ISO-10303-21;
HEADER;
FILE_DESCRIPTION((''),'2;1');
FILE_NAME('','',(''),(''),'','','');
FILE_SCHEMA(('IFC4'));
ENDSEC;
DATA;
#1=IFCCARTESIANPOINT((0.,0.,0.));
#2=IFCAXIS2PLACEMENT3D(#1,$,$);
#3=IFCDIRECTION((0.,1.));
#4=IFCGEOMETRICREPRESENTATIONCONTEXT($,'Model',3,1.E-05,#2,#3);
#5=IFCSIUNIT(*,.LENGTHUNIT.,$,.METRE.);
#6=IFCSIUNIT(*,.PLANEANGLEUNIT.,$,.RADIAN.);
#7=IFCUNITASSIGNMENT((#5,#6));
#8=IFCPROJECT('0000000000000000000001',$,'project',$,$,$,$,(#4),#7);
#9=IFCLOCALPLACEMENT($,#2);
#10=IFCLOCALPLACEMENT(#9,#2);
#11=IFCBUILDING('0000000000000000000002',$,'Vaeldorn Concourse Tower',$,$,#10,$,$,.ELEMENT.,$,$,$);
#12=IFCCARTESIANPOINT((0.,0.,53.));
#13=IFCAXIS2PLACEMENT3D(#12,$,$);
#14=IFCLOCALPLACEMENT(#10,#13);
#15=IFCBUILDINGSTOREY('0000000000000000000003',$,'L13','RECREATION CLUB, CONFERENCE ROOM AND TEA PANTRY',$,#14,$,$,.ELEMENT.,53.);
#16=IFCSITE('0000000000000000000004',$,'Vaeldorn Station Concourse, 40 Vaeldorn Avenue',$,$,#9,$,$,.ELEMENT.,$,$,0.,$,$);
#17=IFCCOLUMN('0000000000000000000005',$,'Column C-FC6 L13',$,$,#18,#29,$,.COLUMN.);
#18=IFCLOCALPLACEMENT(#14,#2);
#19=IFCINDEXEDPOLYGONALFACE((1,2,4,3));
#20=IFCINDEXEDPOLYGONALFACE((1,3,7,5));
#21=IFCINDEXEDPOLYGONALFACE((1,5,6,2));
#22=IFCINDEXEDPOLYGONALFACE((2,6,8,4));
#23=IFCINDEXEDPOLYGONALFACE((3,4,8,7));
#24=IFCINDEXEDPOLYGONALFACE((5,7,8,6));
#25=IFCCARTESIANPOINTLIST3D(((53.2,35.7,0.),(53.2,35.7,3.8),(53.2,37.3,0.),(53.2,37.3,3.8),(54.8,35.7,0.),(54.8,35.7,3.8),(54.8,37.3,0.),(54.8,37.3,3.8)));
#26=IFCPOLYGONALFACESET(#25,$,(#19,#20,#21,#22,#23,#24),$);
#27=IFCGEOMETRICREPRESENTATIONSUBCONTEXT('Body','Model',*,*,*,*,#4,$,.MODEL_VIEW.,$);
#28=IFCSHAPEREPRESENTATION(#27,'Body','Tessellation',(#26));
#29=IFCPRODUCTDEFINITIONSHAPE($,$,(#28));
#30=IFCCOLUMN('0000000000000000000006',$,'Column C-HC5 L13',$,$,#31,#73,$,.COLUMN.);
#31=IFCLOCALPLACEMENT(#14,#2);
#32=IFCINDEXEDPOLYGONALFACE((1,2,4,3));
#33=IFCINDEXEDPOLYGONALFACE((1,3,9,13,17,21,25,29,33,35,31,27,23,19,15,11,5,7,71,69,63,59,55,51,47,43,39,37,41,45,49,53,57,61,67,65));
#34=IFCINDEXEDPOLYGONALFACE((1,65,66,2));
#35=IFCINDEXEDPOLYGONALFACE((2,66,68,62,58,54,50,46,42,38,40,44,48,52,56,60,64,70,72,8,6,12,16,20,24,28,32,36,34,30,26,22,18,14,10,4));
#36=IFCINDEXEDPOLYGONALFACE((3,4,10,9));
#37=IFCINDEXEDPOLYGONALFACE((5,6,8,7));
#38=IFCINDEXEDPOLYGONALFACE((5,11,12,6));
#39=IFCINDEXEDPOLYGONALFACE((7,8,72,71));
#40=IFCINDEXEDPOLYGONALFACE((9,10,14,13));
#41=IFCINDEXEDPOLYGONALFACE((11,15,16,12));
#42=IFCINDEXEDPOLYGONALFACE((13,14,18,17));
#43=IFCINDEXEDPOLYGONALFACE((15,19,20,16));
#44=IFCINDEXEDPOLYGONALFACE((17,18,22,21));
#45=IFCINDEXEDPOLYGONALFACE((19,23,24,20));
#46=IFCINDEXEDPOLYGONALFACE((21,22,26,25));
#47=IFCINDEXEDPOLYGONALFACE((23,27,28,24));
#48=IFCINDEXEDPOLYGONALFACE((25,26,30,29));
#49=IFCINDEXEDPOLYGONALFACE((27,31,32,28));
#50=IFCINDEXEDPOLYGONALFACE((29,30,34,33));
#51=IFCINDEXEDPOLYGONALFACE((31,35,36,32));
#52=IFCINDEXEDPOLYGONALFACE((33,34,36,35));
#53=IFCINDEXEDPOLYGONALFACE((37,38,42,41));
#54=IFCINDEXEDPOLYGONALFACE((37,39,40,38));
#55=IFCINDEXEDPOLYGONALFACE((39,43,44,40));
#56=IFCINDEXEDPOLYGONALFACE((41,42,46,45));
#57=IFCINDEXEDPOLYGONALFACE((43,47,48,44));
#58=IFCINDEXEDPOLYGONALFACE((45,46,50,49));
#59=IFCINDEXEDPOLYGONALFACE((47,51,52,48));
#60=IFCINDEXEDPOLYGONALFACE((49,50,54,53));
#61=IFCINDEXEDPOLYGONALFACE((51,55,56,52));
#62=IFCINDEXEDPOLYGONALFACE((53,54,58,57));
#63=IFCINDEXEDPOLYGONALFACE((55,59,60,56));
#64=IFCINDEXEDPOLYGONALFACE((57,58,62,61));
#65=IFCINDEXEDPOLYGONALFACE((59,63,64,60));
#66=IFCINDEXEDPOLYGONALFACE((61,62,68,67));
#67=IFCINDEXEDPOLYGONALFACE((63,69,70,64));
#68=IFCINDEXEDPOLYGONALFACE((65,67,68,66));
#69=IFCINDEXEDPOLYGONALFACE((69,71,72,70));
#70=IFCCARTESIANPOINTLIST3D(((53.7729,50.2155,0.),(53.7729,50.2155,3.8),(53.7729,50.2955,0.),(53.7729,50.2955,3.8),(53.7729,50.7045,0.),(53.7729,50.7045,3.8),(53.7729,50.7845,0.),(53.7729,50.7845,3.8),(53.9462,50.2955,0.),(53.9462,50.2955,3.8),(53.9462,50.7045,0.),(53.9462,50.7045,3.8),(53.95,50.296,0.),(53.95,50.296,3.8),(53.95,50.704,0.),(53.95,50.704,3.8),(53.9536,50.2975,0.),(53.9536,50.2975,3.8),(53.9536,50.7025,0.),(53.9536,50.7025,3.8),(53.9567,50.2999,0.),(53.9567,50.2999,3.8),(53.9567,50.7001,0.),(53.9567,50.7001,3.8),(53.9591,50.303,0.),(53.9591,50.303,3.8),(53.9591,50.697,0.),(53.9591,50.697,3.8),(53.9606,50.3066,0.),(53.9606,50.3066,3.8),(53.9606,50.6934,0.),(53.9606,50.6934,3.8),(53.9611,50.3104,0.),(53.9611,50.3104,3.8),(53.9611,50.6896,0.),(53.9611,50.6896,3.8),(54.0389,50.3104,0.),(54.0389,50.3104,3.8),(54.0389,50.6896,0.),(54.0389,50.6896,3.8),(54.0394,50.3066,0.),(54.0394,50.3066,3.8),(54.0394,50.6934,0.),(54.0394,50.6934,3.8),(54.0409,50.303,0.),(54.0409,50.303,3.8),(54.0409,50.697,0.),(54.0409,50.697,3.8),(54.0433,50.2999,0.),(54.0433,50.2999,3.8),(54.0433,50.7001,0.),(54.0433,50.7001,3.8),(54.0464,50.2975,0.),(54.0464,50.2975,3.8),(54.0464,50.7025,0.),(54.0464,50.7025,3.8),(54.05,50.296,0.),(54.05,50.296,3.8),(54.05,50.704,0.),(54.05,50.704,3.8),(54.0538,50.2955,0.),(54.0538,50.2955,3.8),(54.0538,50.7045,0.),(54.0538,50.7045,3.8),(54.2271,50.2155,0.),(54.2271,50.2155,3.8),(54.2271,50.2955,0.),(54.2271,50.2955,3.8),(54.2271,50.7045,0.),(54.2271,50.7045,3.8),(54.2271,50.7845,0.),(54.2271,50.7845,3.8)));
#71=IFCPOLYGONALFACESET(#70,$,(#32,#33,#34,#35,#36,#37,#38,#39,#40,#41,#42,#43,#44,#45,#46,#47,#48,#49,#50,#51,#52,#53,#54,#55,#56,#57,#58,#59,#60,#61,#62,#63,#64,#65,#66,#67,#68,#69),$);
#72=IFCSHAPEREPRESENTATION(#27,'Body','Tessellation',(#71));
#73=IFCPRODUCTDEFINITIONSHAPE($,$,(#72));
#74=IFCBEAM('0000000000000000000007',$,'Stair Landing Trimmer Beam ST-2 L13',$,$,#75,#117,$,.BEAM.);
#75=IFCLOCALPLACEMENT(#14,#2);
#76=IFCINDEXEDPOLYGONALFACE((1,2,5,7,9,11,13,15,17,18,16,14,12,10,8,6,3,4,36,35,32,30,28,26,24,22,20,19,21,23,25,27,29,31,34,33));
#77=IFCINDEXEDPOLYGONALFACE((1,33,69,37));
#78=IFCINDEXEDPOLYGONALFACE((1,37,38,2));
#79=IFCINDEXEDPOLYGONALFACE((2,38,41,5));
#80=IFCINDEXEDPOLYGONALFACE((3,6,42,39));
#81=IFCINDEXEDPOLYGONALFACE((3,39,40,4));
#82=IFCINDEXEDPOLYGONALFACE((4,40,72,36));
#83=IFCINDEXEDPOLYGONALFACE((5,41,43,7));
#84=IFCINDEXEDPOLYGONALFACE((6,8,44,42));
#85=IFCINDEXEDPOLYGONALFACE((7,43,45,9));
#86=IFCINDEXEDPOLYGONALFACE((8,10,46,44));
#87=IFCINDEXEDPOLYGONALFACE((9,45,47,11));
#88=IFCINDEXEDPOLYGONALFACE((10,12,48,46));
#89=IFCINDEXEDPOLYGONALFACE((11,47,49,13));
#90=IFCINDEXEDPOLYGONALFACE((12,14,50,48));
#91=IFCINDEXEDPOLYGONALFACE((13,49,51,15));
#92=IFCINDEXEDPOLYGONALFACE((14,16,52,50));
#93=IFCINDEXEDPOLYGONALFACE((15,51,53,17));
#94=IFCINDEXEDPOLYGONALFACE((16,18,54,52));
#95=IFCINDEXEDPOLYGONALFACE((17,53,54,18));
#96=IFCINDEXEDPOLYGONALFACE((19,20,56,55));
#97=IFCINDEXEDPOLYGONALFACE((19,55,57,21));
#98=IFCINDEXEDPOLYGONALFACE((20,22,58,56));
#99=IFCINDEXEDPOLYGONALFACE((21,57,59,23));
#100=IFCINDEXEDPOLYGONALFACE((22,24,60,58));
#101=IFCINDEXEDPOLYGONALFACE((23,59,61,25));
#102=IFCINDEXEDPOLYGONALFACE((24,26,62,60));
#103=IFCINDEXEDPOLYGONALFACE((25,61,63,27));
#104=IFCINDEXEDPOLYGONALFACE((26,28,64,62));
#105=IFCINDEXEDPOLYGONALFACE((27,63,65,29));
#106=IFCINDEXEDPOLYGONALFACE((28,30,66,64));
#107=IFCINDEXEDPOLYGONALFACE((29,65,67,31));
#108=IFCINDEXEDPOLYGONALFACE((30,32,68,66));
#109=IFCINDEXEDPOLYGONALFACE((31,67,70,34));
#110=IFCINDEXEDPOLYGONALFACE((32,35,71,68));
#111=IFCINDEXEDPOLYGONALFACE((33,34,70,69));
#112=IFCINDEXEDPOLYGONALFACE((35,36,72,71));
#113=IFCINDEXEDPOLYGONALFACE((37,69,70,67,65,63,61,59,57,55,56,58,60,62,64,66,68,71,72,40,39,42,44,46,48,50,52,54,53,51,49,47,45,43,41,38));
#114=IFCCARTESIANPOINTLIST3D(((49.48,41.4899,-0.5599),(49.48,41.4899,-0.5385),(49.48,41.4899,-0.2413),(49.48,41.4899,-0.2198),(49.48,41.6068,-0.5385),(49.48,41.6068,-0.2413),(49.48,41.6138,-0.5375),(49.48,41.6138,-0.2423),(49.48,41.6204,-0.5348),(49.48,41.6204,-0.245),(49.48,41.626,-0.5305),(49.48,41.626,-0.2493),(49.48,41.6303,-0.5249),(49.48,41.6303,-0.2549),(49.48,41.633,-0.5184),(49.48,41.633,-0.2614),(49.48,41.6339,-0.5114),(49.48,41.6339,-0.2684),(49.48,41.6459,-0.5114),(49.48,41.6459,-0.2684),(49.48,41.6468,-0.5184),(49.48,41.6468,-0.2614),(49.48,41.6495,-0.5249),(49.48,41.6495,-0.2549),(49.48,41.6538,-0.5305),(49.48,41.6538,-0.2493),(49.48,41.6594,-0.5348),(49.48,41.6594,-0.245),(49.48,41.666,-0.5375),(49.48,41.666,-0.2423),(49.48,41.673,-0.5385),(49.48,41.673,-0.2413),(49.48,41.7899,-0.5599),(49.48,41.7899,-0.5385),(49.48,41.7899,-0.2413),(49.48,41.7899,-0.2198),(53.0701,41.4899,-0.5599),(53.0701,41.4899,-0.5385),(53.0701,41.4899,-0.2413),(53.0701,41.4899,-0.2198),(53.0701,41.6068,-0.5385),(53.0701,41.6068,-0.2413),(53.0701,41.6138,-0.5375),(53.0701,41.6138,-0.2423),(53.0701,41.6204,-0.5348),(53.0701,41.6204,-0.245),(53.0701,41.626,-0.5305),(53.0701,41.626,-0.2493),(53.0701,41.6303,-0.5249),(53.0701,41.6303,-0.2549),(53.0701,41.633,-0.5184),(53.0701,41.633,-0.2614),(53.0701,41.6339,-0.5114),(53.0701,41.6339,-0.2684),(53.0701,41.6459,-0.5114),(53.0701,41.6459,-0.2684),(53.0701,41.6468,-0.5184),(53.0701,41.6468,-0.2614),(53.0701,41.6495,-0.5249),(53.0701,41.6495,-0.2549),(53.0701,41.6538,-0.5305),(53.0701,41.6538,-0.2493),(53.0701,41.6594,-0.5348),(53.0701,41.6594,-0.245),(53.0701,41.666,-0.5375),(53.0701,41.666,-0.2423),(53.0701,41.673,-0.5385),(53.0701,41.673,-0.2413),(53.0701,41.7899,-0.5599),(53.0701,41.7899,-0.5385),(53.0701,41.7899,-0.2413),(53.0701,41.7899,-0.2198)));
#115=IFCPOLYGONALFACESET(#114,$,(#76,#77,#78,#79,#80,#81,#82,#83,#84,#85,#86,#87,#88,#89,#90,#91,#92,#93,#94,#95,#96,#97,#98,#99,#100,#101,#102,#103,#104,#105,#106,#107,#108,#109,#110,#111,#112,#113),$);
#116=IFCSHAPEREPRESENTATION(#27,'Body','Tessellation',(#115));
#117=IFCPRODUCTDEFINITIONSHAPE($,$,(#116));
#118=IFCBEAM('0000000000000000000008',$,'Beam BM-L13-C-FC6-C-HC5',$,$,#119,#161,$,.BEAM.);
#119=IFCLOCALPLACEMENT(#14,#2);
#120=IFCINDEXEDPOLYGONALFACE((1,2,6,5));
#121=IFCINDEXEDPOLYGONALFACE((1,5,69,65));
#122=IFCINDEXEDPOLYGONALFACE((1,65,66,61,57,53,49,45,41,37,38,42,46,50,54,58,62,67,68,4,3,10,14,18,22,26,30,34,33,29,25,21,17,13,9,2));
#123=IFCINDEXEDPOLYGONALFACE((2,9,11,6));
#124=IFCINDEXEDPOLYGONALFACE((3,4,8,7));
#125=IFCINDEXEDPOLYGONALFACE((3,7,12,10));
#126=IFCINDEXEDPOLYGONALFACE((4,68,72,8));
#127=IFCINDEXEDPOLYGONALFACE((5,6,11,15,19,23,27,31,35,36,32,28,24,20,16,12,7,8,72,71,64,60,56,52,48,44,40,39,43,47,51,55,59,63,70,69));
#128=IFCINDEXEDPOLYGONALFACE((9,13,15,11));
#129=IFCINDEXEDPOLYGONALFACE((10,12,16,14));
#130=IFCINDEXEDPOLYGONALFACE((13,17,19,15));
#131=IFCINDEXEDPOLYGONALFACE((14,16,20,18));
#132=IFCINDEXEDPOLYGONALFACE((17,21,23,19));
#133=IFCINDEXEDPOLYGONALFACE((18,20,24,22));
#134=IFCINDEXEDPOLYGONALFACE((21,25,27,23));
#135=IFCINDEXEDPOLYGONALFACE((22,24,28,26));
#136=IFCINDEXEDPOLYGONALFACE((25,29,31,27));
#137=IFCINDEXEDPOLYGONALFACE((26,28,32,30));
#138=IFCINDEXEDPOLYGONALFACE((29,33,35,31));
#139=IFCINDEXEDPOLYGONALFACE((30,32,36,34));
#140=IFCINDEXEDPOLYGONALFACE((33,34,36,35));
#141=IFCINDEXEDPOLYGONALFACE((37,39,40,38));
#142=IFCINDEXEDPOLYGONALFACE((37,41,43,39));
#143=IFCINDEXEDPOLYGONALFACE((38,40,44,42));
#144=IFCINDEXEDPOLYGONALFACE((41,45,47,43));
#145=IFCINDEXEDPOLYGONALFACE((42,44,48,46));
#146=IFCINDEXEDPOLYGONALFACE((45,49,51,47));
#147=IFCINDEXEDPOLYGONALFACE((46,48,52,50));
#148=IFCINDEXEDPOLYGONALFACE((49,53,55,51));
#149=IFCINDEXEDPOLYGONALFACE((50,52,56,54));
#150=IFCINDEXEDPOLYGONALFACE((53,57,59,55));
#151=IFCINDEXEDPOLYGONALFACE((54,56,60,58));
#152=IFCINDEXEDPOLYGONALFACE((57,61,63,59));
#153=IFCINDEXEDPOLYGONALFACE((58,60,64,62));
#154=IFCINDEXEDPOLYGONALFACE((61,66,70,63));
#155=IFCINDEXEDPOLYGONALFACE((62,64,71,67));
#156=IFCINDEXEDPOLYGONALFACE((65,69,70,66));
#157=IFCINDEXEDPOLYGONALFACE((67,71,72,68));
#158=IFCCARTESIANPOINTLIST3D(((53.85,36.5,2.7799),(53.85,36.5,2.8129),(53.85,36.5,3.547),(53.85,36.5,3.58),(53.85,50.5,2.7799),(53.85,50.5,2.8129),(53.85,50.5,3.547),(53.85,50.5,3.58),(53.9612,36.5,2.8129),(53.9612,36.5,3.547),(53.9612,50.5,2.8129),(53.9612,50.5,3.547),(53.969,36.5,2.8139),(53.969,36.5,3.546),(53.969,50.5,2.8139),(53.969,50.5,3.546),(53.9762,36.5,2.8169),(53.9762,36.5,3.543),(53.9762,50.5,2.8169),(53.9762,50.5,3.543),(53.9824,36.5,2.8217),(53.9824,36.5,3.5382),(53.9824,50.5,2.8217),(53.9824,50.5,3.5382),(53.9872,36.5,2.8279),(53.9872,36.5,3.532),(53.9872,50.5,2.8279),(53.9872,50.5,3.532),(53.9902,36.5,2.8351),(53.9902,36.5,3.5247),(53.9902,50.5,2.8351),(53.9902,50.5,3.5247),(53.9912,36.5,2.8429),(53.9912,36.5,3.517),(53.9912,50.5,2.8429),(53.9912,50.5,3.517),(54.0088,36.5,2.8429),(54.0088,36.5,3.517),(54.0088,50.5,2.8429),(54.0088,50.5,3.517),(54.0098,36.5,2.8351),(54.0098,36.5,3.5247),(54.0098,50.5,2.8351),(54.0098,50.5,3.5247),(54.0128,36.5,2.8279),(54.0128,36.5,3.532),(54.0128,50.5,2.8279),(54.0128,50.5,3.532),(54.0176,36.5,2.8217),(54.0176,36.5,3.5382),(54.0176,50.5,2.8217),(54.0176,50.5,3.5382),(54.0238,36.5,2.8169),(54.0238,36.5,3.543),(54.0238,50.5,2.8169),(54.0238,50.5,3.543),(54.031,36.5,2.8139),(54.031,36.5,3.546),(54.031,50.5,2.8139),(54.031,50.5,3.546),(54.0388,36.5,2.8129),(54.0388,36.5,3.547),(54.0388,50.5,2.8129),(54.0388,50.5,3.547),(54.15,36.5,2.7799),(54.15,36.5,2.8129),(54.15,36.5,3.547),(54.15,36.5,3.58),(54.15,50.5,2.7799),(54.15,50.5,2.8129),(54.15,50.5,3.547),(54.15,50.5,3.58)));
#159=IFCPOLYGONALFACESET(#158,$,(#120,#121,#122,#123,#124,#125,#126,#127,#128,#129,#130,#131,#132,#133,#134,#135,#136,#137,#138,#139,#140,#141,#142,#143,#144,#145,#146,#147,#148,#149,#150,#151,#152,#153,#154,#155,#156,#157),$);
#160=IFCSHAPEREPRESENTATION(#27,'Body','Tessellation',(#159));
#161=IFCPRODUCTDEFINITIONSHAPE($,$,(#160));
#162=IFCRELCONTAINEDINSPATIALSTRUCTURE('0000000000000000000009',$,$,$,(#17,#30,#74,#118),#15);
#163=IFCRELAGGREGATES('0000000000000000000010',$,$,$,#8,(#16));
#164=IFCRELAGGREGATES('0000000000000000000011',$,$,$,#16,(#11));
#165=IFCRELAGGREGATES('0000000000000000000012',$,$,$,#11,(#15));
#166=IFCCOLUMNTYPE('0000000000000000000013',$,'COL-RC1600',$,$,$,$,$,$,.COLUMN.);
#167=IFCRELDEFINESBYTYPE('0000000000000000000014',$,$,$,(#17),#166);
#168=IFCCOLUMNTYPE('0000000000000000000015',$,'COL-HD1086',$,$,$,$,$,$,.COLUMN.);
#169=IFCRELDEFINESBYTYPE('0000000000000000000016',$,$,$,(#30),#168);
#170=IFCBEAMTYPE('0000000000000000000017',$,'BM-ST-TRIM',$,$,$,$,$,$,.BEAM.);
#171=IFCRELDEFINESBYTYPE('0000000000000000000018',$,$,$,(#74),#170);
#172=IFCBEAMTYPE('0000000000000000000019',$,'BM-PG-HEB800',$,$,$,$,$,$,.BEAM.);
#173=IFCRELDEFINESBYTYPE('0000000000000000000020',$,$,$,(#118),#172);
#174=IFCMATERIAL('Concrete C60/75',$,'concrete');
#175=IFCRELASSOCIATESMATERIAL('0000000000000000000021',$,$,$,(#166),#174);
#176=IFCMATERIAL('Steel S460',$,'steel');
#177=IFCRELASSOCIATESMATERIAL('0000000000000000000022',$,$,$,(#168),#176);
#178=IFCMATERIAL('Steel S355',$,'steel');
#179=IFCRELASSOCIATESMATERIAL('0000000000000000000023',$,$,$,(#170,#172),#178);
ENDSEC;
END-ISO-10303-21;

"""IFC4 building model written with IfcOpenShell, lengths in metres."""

from ifc_helpers import new_model, si_unit, direction, frame, origin, origin_2d, place, context, subcontext, project, spatial, rectangle, i_section, extrude, source, transform, mapped, material, material_profile, profile_set, type_object, element, save


model = new_model("IFC4")

# Units and contexts
model_context = context("Model", 3, precision=1e-05, world=origin(), true_north=direction((0.0, 1.0)))
body_context = subcontext(model_context, "Body", "Model", "MODEL_VIEW")
ifc_project = project(units=[si_unit("LENGTHUNIT", "METRE"), si_unit("PLANEANGLEUNIT", "RADIAN")], contexts=[model_context])

# Site, building, storey
site_placement = place(None, origin())
site = spatial("IfcSite", under=ifc_project, at=site_placement, Name="Vaeldorn Station Concourse, 40 Vaeldorn Avenue", CompositionType="ELEMENT", RefElevation=0.0)
building_placement = place(site_placement, origin())
building = spatial("IfcBuilding", under=site, at=building_placement, Name="Vaeldorn Concourse Tower", CompositionType="ELEMENT")
storey_placement = place(building_placement, frame((0.0, 0.0, 53.0)))
storey = spatial("IfcBuildingStorey", under=building, at=storey_placement, Name="L13", Description="RECREATION CLUB, CONFERENCE ROOM AND TEA PANTRY", CompositionType="ELEMENT", Elevation=53.0)

# Columns
ifc_material_1 = material(Name="Concrete C60/75", Category="concrete")
ifc_material_profile_1 = material_profile(ifc_material_1, rectangle(XDim=1.6001, YDim=1.6001, at=origin_2d()), Name="RC 1600x1600")
ifc_profile_set_1 = profile_set([ifc_material_profile_1], Name="Concrete C60/75")
column_type_1 = type_object("IfcColumnType", Name="COL-RC1600", PredefinedType="COLUMN", material=ifc_profile_set_1)
shared_shape_1 = source(origin(), body_context, "Body", "SweptSolid", [
    extrude(rectangle(XDim=1.6001, YDim=1.6001, at=origin_2d()), origin(), (0.0, 0.0, 1.0), 3.8),
])
column_1_placement = place(storey_placement, frame((54.0, 36.5, 0.0), z_axis=(0.0, 0.0, 1.0), x_axis=(1.0, 0.0, 0.0)))
element("IfcColumn", 1, at=column_1_placement, inside=storey, type_object=column_type_1, Name="Column C-FC6 L13", PredefinedType="COLUMN", context=body_context, shape_type="MappedRepresentation", body=[
    mapped(shared_shape_1, transform((0.0, 0.0, 0.0), scale=1.0)),
])
ifc_material_2 = material(Name="Steel S460", Category="steel")
ifc_material_profile_2 = material_profile(ifc_material_2, i_section(OverallWidth=0.4541, OverallDepth=0.5691, WebThickness=0.0779, FlangeThickness=0.0801, FilletRadius=0.0149, at=origin_2d()), Name="HD 400x1086")
ifc_profile_set_2 = profile_set([ifc_material_profile_2], Name="Steel S460")
column_type_2 = type_object("IfcColumnType", Name="COL-HD1086", PredefinedType="COLUMN", material=ifc_profile_set_2)
shared_shape_2 = source(origin(), body_context, "Body", "SweptSolid", [
    extrude(i_section(OverallWidth=0.4541, OverallDepth=0.5691, WebThickness=0.0779, FlangeThickness=0.0801, FilletRadius=0.0149, at=origin_2d()), origin(), (0.0, 0.0, 1.0), 3.8),
])
column_2_placement = place(storey_placement, frame((54.0, 50.5, 0.0), z_axis=(0.0, 0.0, 1.0), x_axis=(1.0, 0.0, 0.0)))
element("IfcColumn", 2, at=column_2_placement, inside=storey, type_object=column_type_2, Name="Column C-HC5 L13", PredefinedType="COLUMN", context=body_context, shape_type="MappedRepresentation", body=[
    mapped(shared_shape_2, transform((0.0, 0.0, 0.0), scale=1.0)),
])

# Beams
ifc_material_3 = material(Name="Steel S355", Category="steel")
ifc_material_profile_3 = material_profile(ifc_material_3, i_section(OverallWidth=0.3, OverallDepth=0.3401, WebThickness=0.012, FlangeThickness=0.0215, FilletRadius=0.0271, at=origin_2d()), Name="HEB 340")
ifc_profile_set_3 = profile_set([ifc_material_profile_3], Name="Steel S355")
beam_type_1 = type_object("IfcBeamType", Name="BM-ST-TRIM", PredefinedType="BEAM", material=ifc_profile_set_3)
shared_shape_3 = source(origin(), body_context, "Body", "SweptSolid", [
    extrude(i_section(OverallWidth=0.3, OverallDepth=0.3401, WebThickness=0.012, FlangeThickness=0.0215, FilletRadius=0.0271, at=origin_2d()), origin(), (0.0, 0.0, 1.0), 3.5901),
])
beam_1_placement = place(storey_placement, frame((49.48, 41.6399, -0.3899), z_axis=(1.0, 0.0, 0.0), x_axis=(0.0, 1.0, 0.0)))
element("IfcBeam", 3, at=beam_1_placement, inside=storey, type_object=beam_type_1, Name="Stair Landing Trimmer Beam ST-2 L13", PredefinedType="BEAM", context=body_context, shape_type="MappedRepresentation", body=[
    mapped(shared_shape_3, transform((0.0, 0.0, 0.0), scale=1.0)),
])
ifc_material_profile_4 = material_profile(ifc_material_3, i_section(OverallWidth=0.3, OverallDepth=0.8, WebThickness=0.0176, FlangeThickness=0.033, FilletRadius=0.03, at=origin_2d()), Name="HEB 800")
ifc_profile_set_4 = profile_set([ifc_material_profile_4], Name="Steel S355")
beam_type_2 = type_object("IfcBeamType", Name="BM-PG-HEB800", PredefinedType="BEAM", material=ifc_profile_set_4)
shared_shape_4 = source(origin(), body_context, "Body", "SweptSolid", [
    extrude(i_section(OverallWidth=0.3, OverallDepth=0.8, WebThickness=0.0176, FlangeThickness=0.033, FilletRadius=0.03, at=origin_2d()), origin(), (0.0, 0.0, 1.0), 14.0),
])
beam_2_placement = place(storey_placement, frame((54.0, 36.5, 3.1799), z_axis=(0.0, 1.0, 0.0), x_axis=(-1.0, 0.0, 0.0)))
element("IfcBeam", 4, at=beam_2_placement, inside=storey, type_object=beam_type_2, Name="Beam BM-L13-C-FC6-C-HC5", PredefinedType="BEAM", context=body_context, shape_type="MappedRepresentation", body=[
    mapped(shared_shape_4, transform((0.0, 0.0, 0.0), scale=1.0)),
])

save(model, "model.ifc")
